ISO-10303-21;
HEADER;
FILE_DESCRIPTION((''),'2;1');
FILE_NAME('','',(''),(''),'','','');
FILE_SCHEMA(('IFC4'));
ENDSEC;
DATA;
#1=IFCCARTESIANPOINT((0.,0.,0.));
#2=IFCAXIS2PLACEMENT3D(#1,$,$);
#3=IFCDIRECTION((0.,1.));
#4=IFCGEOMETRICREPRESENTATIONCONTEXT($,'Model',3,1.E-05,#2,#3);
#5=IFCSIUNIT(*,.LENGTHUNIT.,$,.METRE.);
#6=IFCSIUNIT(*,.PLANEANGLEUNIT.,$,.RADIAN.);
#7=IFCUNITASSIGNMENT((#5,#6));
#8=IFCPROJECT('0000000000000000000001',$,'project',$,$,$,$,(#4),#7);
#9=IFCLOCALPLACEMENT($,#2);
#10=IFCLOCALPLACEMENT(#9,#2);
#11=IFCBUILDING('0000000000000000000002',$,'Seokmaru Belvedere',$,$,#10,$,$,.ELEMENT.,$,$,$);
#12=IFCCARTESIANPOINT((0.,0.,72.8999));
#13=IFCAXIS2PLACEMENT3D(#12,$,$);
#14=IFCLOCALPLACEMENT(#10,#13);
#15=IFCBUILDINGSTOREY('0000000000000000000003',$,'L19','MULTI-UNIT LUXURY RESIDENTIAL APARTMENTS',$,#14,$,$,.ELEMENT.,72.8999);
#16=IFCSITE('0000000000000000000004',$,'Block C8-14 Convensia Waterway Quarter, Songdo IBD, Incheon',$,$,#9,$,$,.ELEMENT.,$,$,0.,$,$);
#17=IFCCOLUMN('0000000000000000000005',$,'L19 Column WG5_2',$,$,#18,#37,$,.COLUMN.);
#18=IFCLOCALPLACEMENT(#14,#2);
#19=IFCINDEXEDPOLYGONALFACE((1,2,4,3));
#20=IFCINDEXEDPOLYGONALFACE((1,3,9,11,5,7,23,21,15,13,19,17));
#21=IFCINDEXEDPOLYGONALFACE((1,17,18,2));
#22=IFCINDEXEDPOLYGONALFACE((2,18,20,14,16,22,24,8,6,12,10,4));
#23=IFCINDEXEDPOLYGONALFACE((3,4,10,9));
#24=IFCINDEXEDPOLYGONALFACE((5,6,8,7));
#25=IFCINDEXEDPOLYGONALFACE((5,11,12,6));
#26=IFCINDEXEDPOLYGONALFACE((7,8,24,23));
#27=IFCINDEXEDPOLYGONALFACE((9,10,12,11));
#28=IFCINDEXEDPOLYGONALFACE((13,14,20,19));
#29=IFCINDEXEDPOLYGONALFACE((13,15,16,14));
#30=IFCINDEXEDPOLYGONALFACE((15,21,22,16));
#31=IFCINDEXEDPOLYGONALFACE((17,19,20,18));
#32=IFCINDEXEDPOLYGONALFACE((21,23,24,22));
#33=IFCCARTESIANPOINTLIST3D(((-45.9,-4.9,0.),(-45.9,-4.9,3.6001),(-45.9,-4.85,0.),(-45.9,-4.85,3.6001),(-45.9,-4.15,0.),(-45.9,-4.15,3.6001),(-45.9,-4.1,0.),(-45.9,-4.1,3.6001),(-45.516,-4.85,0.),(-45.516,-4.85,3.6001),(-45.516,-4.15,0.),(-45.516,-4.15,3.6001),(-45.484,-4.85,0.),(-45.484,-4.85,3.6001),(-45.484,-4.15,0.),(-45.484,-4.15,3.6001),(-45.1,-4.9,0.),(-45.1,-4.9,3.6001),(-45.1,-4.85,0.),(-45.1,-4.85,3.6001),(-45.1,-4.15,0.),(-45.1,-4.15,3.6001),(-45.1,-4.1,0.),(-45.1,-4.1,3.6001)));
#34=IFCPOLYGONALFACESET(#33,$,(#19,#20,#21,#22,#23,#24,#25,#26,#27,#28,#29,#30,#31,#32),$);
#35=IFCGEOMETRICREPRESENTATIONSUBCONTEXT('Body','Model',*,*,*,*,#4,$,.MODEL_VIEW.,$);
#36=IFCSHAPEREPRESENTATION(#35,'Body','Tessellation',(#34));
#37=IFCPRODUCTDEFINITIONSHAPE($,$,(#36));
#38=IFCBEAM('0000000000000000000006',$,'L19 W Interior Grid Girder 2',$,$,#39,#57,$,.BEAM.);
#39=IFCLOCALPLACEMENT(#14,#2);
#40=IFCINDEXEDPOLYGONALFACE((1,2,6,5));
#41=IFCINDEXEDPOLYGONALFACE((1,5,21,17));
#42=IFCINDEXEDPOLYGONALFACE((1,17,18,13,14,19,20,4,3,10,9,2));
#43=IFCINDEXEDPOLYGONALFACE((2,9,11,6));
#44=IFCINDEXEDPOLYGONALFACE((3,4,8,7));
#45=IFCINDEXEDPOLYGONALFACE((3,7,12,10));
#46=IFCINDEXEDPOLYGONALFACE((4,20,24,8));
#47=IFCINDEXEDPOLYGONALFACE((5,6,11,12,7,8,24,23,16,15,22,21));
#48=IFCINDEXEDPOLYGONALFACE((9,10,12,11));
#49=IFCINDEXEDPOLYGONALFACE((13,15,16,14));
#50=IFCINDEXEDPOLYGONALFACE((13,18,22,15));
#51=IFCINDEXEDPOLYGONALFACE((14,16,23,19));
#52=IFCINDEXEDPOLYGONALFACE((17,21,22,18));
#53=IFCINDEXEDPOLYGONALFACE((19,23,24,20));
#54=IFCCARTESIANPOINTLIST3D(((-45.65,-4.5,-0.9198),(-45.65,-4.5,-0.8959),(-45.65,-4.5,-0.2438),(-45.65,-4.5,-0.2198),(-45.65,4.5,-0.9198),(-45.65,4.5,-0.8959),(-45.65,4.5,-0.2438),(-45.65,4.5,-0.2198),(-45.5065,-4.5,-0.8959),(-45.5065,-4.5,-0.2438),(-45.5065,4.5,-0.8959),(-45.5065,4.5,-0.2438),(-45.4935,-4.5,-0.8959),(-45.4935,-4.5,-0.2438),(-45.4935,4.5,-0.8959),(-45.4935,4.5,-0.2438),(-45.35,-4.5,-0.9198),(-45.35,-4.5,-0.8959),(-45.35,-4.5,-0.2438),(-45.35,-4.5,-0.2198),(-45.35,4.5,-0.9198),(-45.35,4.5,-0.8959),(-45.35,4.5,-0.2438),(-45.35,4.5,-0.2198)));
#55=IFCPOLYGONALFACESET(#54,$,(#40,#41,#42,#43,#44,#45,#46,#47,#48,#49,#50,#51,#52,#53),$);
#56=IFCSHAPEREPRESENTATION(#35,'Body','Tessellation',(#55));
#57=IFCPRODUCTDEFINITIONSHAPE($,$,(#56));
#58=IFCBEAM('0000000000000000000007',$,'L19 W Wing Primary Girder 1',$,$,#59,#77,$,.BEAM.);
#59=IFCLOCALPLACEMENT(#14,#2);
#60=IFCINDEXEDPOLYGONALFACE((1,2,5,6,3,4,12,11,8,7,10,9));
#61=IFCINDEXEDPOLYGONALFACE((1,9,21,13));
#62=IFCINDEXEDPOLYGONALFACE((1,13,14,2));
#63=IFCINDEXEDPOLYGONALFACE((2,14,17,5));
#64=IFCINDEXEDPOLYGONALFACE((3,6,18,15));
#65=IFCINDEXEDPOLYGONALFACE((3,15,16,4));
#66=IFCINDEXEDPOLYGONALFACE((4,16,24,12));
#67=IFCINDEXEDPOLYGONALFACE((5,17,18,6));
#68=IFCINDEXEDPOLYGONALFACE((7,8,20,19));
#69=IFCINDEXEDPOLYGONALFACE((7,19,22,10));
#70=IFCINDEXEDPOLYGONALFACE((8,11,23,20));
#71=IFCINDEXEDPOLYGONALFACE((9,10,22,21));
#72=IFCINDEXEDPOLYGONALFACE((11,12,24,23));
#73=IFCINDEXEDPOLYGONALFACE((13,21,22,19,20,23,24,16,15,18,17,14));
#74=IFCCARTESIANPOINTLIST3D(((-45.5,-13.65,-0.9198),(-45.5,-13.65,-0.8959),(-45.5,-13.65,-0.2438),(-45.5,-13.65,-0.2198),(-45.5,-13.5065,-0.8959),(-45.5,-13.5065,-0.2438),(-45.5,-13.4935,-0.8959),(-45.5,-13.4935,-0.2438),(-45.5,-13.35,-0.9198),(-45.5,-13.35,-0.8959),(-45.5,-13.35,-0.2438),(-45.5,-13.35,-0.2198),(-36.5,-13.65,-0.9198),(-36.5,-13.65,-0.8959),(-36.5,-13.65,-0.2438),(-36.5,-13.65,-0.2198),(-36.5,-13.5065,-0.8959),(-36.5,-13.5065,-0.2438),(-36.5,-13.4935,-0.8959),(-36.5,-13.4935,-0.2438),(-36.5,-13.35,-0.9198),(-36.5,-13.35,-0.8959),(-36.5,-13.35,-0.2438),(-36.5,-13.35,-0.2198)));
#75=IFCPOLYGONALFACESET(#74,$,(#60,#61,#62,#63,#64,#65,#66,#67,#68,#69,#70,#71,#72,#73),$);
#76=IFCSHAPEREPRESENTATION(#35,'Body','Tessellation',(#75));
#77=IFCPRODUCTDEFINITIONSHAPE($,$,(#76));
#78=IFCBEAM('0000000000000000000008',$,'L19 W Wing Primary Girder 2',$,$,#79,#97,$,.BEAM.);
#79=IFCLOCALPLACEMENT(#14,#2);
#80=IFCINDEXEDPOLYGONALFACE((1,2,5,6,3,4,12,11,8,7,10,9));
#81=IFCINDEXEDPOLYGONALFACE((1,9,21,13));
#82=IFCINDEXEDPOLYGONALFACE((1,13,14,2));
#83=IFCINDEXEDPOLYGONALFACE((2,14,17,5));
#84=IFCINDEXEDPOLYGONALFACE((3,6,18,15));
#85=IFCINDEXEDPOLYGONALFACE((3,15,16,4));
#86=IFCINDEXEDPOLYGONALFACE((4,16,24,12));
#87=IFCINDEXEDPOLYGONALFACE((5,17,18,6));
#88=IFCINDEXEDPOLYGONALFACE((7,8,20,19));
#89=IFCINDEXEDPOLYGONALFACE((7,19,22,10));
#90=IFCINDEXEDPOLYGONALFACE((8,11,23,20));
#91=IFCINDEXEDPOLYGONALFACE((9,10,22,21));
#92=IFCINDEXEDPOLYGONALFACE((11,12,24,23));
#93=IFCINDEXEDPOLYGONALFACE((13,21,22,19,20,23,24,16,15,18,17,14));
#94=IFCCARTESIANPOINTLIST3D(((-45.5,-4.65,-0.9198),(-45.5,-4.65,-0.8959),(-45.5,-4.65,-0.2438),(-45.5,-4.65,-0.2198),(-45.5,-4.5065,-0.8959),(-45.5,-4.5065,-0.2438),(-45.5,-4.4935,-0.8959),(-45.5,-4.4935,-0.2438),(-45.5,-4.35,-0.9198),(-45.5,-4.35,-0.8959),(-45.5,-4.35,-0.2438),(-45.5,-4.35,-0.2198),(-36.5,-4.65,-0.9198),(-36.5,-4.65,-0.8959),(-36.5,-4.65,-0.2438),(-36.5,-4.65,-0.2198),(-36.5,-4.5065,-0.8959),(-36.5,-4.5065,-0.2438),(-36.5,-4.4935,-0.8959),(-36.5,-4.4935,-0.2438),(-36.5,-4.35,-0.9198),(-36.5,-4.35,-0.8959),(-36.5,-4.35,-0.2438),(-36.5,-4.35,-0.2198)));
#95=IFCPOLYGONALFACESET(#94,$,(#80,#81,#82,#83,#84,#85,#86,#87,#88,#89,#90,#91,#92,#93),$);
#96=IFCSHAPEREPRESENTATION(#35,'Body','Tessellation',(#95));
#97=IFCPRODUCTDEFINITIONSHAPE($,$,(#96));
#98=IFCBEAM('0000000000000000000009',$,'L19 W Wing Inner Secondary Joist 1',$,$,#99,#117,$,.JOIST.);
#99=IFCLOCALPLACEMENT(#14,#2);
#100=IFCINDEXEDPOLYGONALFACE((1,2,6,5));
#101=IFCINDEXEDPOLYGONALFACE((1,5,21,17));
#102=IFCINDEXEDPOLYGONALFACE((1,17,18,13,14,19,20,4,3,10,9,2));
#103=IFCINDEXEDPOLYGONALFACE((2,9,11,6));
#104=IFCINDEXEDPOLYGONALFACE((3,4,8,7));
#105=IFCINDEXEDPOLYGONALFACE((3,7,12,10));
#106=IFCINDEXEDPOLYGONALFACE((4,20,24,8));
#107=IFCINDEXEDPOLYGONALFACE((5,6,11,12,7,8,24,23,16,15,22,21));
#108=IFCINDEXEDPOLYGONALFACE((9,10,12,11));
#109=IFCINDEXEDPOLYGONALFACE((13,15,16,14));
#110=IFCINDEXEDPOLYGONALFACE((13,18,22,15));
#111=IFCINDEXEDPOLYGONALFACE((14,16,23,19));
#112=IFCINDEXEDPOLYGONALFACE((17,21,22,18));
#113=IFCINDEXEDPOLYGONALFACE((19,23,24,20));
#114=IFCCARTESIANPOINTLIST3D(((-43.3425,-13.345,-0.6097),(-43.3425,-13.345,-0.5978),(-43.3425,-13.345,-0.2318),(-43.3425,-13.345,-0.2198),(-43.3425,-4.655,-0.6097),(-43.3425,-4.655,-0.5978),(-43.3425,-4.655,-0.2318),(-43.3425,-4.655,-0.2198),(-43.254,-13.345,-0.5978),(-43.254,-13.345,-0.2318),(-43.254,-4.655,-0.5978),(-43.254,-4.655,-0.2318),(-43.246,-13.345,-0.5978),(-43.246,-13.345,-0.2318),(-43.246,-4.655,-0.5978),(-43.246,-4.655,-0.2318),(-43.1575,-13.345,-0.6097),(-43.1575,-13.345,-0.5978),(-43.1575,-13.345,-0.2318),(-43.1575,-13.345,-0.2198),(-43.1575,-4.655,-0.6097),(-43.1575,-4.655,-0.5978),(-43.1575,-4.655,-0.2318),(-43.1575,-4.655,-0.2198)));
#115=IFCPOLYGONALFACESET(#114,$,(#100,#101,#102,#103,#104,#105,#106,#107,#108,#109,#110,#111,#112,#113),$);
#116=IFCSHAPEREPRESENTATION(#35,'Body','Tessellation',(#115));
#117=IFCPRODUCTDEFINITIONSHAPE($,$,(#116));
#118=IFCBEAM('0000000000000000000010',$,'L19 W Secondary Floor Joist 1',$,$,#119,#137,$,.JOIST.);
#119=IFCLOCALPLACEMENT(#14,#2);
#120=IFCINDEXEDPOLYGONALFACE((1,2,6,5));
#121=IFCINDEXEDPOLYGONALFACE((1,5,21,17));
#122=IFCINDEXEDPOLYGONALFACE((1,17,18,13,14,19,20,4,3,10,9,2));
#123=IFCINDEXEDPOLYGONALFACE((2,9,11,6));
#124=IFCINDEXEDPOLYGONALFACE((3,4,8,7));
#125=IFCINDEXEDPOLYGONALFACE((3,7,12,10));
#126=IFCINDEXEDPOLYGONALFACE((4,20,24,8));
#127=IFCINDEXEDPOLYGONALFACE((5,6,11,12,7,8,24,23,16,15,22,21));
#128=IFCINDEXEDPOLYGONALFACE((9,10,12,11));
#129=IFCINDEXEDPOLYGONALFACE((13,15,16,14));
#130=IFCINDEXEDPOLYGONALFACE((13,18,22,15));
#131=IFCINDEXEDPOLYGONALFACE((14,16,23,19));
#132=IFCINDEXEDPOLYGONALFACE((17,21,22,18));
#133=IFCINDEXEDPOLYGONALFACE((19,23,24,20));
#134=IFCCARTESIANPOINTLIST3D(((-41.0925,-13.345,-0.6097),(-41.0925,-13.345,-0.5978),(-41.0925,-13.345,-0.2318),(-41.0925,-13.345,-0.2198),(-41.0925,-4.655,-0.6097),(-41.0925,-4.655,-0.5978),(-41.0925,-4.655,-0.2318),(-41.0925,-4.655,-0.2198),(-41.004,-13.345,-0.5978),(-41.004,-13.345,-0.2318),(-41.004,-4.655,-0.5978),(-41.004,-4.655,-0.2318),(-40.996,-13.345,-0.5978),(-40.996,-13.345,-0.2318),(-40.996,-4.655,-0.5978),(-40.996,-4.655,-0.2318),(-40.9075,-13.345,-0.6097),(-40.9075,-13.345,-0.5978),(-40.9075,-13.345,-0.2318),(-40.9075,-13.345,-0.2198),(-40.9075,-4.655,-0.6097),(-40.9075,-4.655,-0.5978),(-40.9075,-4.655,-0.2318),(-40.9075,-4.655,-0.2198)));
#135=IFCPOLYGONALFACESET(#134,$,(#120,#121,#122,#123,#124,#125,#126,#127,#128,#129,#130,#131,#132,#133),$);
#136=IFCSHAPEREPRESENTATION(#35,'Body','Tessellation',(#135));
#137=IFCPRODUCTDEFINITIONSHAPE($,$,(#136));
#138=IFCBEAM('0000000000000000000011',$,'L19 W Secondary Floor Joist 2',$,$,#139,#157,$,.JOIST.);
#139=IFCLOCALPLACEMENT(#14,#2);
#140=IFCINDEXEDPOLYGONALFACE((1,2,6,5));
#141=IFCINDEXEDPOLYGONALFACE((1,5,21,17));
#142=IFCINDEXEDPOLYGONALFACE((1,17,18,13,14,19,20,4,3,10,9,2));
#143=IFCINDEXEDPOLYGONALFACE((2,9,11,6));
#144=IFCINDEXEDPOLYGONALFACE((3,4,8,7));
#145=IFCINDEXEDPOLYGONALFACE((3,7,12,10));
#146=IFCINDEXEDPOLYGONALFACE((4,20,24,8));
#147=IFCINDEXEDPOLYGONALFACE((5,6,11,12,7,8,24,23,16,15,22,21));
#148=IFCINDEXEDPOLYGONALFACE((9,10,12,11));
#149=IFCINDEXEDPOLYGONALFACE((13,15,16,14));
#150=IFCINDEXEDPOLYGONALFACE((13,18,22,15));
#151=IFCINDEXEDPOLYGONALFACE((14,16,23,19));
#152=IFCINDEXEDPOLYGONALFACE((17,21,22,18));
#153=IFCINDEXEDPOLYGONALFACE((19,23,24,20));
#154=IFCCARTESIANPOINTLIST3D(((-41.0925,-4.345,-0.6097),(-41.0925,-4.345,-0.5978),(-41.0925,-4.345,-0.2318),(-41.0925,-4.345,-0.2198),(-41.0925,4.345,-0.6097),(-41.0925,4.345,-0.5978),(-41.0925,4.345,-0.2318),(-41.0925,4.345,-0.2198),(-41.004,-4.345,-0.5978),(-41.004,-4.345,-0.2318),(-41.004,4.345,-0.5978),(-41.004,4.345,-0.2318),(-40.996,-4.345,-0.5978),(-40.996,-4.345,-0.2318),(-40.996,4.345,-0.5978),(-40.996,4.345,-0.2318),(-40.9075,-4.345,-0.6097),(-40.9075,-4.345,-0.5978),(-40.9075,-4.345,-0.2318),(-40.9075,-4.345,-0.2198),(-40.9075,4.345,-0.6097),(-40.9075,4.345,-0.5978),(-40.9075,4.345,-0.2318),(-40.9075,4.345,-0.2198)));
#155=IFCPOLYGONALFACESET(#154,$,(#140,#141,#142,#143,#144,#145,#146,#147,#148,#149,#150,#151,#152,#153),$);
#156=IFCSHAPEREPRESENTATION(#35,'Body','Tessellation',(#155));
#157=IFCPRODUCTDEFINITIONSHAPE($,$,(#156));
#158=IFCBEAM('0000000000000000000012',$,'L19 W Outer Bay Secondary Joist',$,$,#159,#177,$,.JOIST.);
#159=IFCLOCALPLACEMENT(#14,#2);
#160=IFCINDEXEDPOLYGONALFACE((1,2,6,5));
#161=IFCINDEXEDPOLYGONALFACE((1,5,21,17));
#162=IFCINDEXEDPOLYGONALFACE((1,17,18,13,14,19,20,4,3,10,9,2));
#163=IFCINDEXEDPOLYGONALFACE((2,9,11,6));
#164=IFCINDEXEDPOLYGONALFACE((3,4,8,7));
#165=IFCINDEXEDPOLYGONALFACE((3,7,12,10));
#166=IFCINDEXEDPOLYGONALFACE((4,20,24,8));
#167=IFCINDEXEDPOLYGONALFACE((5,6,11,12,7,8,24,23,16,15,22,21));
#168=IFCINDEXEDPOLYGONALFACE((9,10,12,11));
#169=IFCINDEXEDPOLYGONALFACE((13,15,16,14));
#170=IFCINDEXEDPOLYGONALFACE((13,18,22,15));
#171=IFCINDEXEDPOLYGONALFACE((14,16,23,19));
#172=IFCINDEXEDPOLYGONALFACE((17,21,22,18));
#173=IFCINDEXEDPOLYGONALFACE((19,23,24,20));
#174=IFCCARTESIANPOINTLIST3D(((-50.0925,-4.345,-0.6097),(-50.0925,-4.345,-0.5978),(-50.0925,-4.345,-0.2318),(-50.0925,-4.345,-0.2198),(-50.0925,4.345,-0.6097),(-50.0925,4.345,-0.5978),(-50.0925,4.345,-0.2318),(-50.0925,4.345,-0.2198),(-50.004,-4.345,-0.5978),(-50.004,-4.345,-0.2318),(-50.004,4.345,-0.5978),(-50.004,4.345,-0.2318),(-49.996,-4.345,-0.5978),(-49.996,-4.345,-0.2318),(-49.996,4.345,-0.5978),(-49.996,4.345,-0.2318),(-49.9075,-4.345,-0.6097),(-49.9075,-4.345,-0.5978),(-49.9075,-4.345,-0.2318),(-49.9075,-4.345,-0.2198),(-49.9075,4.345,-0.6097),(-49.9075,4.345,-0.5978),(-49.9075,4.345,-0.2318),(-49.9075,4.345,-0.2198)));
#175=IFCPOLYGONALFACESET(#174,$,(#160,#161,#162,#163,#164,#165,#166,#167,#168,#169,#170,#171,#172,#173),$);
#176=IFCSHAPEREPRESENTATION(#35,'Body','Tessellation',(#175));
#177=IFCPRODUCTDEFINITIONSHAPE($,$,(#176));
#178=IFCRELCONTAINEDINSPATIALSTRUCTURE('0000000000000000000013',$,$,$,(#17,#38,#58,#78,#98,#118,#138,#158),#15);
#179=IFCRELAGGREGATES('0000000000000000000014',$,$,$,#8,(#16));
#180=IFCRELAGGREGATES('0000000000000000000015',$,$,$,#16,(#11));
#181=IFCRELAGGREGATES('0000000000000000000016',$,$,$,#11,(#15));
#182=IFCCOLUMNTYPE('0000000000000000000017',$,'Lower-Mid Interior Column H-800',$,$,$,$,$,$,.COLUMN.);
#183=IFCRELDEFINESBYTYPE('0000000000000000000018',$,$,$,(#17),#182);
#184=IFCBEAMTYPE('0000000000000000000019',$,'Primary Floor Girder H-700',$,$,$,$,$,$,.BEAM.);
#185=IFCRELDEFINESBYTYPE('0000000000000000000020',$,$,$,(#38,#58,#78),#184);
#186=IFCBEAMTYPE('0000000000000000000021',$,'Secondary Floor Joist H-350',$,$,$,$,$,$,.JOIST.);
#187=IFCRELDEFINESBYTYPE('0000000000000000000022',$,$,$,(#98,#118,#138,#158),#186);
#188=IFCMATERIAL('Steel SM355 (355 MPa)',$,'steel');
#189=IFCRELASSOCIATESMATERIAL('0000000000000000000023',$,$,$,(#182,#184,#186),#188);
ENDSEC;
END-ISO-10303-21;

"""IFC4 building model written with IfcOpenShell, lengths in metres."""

from ifc_helpers import new_model, si_unit, direction, frame, origin, origin_2d, place, context, subcontext, project, spatial, i_section, extrude, source, transform, mapped, material, material_profile, profile_set, type_object, type_shapes, element, save


model = new_model("IFC4")

# Units and contexts
model_context = context("Model", 3, precision=1e-05, world=origin(), true_north=direction((0.0, 1.0)))
body_context = subcontext(model_context, "Body", "Model", "MODEL_VIEW")
ifc_project = project(units=[si_unit("LENGTHUNIT", "METRE"), si_unit("PLANEANGLEUNIT", "RADIAN")], contexts=[model_context])

# Site, building, storey
site_placement = place(None, origin())
site = spatial("IfcSite", under=ifc_project, at=site_placement, Name="Block C8-14 Convensia Waterway Quarter, Songdo IBD, Incheon", CompositionType="ELEMENT", RefElevation=0.0)
building_placement = place(site_placement, origin())
building = spatial("IfcBuilding", under=site, at=building_placement, Name="Seokmaru Belvedere", CompositionType="ELEMENT")
storey_placement = place(building_placement, frame((0.0, 0.0, 72.8999)))
storey = spatial("IfcBuildingStorey", under=building, at=storey_placement, Name="L19", Description="MULTI-UNIT LUXURY RESIDENTIAL APARTMENTS", CompositionType="ELEMENT", Elevation=72.8999)

# Column
ifc_material_1 = material(Name="Steel SM355 (355 MPa)", Category="steel")
ifc_material_profile_1 = material_profile(ifc_material_1, i_section(OverallWidth=0.8, OverallDepth=0.8, WebThickness=0.032, FlangeThickness=0.05, at=origin_2d()), Name="H-800x800x32x50")
ifc_profile_set_1 = profile_set([ifc_material_profile_1], Name="Steel SM355 (355 MPa)")
column_type = type_object("IfcColumnType", Name="Lower-Mid Interior Column H-800", PredefinedType="COLUMN", material=ifc_profile_set_1)
shared_shape_1 = source(origin(), body_context, "Body", "SweptSolid", [
    extrude(i_section(OverallWidth=0.8, OverallDepth=0.8, WebThickness=0.032, FlangeThickness=0.05, at=origin_2d()), origin(), (0.0, 0.0, 1.0), 3.6001),
])
type_shapes(column_type, [shared_shape_1])
column_placement = place(storey_placement, frame((-45.5, -4.5, 0.0), z_axis=(0.0, 0.0, 1.0), x_axis=(1.0, 0.0, 0.0)))
element("IfcColumn", 1, at=column_placement, inside=storey, type_object=column_type, Name="L19 Column WG5_2", PredefinedType="COLUMN", context=body_context, shape_type="MappedRepresentation", body=[
    mapped(shared_shape_1, transform((0.0, 0.0, 0.0), scale=1.0)),
])

# Beams
ifc_material_profile_2 = material_profile(ifc_material_1, i_section(OverallWidth=0.3, OverallDepth=0.7, WebThickness=0.0129, FlangeThickness=0.0239, at=origin_2d()), Name="H-700x300x13x24")
ifc_profile_set_2 = profile_set([ifc_material_profile_2], Name="Steel SM355 (355 MPa)")
beam_type_1 = type_object("IfcBeamType", Name="Primary Floor Girder H-700", PredefinedType="BEAM", material=ifc_profile_set_2)
shared_shape_2 = source(origin(), body_context, "Body", "SweptSolid", [
    extrude(i_section(OverallWidth=0.3, OverallDepth=0.7, WebThickness=0.0129, FlangeThickness=0.0239, at=origin_2d()), origin(), (0.0, 0.0, 1.0), 9.0),
])
type_shapes(beam_type_1, [shared_shape_2])
for number, where, z_axis, x_axis, name in (
    (2, (-45.5, -4.5, -0.5698), (0.0, 1.0, 0.0), (-1.0, 0.0, 0.0), "L19 W Interior Grid Girder 2"),
    (3, (-45.5, -13.5, -0.5698), (1.0, 0.0, 0.0), (0.0, 1.0, 0.0), "L19 W Wing Primary Girder 1"),
    (4, (-45.5, -4.5, -0.5698), (1.0, 0.0, 0.0), (0.0, 1.0, 0.0), "L19 W Wing Primary Girder 2"),
):
    element("IfcBeam", number, at=place(storey_placement, frame(where, z_axis=z_axis, x_axis=x_axis)), inside=storey, type_object=beam_type_1, Name=name, PredefinedType="BEAM", context=body_context, shape_type="MappedRepresentation", body=[
        mapped(shared_shape_2, transform((0.0, 0.0, 0.0), scale=1.0)),
    ])
ifc_material_profile_3 = material_profile(ifc_material_1, i_section(OverallWidth=0.1851, OverallDepth=0.3899, WebThickness=0.0081, FlangeThickness=0.012, at=origin_2d()), Name="H-390x185x8x12")
ifc_profile_set_3 = profile_set([ifc_material_profile_3], Name="Steel SM355 (355 MPa)")
beam_type_2 = type_object("IfcBeamType", Name="Secondary Floor Joist H-350", PredefinedType="JOIST", material=ifc_profile_set_3)
shared_shape_3 = source(origin(), body_context, "Body", "SweptSolid", [
    extrude(i_section(OverallWidth=0.1851, OverallDepth=0.3899, WebThickness=0.0081, FlangeThickness=0.012, at=origin_2d()), origin(), (0.0, 0.0, 1.0), 8.6899),
])
type_shapes(beam_type_2, [shared_shape_3])
for number, where, z_axis, x_axis, name in (
    (5, (-43.25, -13.345, -0.4148), (0.0, 1.0, 0.0), (-1.0, 0.0, 0.0), "L19 W Wing Inner Secondary Joist 1"),
    (6, (-41.0, -13.345, -0.4148), (0.0, 1.0, 0.0), (-1.0, 0.0, 0.0), "L19 W Secondary Floor Joist 1"),
    (7, (-41.0, -4.345, -0.4148), (0.0, 1.0, 0.0), (-1.0, 0.0, 0.0), "L19 W Secondary Floor Joist 2"),
    (8, (-50.0, -4.345, -0.4148), (0.0, 1.0, 0.0), (-1.0, 0.0, 0.0), "L19 W Outer Bay Secondary Joist"),
):
    element("IfcBeam", number, at=place(storey_placement, frame(where, z_axis=z_axis, x_axis=x_axis)), inside=storey, type_object=beam_type_2, Name=name, PredefinedType="JOIST", context=body_context, shape_type="MappedRepresentation", body=[
        mapped(shared_shape_3, transform((0.0, 0.0, 0.0), scale=1.0)),
    ])

save(model, "model.ifc")
